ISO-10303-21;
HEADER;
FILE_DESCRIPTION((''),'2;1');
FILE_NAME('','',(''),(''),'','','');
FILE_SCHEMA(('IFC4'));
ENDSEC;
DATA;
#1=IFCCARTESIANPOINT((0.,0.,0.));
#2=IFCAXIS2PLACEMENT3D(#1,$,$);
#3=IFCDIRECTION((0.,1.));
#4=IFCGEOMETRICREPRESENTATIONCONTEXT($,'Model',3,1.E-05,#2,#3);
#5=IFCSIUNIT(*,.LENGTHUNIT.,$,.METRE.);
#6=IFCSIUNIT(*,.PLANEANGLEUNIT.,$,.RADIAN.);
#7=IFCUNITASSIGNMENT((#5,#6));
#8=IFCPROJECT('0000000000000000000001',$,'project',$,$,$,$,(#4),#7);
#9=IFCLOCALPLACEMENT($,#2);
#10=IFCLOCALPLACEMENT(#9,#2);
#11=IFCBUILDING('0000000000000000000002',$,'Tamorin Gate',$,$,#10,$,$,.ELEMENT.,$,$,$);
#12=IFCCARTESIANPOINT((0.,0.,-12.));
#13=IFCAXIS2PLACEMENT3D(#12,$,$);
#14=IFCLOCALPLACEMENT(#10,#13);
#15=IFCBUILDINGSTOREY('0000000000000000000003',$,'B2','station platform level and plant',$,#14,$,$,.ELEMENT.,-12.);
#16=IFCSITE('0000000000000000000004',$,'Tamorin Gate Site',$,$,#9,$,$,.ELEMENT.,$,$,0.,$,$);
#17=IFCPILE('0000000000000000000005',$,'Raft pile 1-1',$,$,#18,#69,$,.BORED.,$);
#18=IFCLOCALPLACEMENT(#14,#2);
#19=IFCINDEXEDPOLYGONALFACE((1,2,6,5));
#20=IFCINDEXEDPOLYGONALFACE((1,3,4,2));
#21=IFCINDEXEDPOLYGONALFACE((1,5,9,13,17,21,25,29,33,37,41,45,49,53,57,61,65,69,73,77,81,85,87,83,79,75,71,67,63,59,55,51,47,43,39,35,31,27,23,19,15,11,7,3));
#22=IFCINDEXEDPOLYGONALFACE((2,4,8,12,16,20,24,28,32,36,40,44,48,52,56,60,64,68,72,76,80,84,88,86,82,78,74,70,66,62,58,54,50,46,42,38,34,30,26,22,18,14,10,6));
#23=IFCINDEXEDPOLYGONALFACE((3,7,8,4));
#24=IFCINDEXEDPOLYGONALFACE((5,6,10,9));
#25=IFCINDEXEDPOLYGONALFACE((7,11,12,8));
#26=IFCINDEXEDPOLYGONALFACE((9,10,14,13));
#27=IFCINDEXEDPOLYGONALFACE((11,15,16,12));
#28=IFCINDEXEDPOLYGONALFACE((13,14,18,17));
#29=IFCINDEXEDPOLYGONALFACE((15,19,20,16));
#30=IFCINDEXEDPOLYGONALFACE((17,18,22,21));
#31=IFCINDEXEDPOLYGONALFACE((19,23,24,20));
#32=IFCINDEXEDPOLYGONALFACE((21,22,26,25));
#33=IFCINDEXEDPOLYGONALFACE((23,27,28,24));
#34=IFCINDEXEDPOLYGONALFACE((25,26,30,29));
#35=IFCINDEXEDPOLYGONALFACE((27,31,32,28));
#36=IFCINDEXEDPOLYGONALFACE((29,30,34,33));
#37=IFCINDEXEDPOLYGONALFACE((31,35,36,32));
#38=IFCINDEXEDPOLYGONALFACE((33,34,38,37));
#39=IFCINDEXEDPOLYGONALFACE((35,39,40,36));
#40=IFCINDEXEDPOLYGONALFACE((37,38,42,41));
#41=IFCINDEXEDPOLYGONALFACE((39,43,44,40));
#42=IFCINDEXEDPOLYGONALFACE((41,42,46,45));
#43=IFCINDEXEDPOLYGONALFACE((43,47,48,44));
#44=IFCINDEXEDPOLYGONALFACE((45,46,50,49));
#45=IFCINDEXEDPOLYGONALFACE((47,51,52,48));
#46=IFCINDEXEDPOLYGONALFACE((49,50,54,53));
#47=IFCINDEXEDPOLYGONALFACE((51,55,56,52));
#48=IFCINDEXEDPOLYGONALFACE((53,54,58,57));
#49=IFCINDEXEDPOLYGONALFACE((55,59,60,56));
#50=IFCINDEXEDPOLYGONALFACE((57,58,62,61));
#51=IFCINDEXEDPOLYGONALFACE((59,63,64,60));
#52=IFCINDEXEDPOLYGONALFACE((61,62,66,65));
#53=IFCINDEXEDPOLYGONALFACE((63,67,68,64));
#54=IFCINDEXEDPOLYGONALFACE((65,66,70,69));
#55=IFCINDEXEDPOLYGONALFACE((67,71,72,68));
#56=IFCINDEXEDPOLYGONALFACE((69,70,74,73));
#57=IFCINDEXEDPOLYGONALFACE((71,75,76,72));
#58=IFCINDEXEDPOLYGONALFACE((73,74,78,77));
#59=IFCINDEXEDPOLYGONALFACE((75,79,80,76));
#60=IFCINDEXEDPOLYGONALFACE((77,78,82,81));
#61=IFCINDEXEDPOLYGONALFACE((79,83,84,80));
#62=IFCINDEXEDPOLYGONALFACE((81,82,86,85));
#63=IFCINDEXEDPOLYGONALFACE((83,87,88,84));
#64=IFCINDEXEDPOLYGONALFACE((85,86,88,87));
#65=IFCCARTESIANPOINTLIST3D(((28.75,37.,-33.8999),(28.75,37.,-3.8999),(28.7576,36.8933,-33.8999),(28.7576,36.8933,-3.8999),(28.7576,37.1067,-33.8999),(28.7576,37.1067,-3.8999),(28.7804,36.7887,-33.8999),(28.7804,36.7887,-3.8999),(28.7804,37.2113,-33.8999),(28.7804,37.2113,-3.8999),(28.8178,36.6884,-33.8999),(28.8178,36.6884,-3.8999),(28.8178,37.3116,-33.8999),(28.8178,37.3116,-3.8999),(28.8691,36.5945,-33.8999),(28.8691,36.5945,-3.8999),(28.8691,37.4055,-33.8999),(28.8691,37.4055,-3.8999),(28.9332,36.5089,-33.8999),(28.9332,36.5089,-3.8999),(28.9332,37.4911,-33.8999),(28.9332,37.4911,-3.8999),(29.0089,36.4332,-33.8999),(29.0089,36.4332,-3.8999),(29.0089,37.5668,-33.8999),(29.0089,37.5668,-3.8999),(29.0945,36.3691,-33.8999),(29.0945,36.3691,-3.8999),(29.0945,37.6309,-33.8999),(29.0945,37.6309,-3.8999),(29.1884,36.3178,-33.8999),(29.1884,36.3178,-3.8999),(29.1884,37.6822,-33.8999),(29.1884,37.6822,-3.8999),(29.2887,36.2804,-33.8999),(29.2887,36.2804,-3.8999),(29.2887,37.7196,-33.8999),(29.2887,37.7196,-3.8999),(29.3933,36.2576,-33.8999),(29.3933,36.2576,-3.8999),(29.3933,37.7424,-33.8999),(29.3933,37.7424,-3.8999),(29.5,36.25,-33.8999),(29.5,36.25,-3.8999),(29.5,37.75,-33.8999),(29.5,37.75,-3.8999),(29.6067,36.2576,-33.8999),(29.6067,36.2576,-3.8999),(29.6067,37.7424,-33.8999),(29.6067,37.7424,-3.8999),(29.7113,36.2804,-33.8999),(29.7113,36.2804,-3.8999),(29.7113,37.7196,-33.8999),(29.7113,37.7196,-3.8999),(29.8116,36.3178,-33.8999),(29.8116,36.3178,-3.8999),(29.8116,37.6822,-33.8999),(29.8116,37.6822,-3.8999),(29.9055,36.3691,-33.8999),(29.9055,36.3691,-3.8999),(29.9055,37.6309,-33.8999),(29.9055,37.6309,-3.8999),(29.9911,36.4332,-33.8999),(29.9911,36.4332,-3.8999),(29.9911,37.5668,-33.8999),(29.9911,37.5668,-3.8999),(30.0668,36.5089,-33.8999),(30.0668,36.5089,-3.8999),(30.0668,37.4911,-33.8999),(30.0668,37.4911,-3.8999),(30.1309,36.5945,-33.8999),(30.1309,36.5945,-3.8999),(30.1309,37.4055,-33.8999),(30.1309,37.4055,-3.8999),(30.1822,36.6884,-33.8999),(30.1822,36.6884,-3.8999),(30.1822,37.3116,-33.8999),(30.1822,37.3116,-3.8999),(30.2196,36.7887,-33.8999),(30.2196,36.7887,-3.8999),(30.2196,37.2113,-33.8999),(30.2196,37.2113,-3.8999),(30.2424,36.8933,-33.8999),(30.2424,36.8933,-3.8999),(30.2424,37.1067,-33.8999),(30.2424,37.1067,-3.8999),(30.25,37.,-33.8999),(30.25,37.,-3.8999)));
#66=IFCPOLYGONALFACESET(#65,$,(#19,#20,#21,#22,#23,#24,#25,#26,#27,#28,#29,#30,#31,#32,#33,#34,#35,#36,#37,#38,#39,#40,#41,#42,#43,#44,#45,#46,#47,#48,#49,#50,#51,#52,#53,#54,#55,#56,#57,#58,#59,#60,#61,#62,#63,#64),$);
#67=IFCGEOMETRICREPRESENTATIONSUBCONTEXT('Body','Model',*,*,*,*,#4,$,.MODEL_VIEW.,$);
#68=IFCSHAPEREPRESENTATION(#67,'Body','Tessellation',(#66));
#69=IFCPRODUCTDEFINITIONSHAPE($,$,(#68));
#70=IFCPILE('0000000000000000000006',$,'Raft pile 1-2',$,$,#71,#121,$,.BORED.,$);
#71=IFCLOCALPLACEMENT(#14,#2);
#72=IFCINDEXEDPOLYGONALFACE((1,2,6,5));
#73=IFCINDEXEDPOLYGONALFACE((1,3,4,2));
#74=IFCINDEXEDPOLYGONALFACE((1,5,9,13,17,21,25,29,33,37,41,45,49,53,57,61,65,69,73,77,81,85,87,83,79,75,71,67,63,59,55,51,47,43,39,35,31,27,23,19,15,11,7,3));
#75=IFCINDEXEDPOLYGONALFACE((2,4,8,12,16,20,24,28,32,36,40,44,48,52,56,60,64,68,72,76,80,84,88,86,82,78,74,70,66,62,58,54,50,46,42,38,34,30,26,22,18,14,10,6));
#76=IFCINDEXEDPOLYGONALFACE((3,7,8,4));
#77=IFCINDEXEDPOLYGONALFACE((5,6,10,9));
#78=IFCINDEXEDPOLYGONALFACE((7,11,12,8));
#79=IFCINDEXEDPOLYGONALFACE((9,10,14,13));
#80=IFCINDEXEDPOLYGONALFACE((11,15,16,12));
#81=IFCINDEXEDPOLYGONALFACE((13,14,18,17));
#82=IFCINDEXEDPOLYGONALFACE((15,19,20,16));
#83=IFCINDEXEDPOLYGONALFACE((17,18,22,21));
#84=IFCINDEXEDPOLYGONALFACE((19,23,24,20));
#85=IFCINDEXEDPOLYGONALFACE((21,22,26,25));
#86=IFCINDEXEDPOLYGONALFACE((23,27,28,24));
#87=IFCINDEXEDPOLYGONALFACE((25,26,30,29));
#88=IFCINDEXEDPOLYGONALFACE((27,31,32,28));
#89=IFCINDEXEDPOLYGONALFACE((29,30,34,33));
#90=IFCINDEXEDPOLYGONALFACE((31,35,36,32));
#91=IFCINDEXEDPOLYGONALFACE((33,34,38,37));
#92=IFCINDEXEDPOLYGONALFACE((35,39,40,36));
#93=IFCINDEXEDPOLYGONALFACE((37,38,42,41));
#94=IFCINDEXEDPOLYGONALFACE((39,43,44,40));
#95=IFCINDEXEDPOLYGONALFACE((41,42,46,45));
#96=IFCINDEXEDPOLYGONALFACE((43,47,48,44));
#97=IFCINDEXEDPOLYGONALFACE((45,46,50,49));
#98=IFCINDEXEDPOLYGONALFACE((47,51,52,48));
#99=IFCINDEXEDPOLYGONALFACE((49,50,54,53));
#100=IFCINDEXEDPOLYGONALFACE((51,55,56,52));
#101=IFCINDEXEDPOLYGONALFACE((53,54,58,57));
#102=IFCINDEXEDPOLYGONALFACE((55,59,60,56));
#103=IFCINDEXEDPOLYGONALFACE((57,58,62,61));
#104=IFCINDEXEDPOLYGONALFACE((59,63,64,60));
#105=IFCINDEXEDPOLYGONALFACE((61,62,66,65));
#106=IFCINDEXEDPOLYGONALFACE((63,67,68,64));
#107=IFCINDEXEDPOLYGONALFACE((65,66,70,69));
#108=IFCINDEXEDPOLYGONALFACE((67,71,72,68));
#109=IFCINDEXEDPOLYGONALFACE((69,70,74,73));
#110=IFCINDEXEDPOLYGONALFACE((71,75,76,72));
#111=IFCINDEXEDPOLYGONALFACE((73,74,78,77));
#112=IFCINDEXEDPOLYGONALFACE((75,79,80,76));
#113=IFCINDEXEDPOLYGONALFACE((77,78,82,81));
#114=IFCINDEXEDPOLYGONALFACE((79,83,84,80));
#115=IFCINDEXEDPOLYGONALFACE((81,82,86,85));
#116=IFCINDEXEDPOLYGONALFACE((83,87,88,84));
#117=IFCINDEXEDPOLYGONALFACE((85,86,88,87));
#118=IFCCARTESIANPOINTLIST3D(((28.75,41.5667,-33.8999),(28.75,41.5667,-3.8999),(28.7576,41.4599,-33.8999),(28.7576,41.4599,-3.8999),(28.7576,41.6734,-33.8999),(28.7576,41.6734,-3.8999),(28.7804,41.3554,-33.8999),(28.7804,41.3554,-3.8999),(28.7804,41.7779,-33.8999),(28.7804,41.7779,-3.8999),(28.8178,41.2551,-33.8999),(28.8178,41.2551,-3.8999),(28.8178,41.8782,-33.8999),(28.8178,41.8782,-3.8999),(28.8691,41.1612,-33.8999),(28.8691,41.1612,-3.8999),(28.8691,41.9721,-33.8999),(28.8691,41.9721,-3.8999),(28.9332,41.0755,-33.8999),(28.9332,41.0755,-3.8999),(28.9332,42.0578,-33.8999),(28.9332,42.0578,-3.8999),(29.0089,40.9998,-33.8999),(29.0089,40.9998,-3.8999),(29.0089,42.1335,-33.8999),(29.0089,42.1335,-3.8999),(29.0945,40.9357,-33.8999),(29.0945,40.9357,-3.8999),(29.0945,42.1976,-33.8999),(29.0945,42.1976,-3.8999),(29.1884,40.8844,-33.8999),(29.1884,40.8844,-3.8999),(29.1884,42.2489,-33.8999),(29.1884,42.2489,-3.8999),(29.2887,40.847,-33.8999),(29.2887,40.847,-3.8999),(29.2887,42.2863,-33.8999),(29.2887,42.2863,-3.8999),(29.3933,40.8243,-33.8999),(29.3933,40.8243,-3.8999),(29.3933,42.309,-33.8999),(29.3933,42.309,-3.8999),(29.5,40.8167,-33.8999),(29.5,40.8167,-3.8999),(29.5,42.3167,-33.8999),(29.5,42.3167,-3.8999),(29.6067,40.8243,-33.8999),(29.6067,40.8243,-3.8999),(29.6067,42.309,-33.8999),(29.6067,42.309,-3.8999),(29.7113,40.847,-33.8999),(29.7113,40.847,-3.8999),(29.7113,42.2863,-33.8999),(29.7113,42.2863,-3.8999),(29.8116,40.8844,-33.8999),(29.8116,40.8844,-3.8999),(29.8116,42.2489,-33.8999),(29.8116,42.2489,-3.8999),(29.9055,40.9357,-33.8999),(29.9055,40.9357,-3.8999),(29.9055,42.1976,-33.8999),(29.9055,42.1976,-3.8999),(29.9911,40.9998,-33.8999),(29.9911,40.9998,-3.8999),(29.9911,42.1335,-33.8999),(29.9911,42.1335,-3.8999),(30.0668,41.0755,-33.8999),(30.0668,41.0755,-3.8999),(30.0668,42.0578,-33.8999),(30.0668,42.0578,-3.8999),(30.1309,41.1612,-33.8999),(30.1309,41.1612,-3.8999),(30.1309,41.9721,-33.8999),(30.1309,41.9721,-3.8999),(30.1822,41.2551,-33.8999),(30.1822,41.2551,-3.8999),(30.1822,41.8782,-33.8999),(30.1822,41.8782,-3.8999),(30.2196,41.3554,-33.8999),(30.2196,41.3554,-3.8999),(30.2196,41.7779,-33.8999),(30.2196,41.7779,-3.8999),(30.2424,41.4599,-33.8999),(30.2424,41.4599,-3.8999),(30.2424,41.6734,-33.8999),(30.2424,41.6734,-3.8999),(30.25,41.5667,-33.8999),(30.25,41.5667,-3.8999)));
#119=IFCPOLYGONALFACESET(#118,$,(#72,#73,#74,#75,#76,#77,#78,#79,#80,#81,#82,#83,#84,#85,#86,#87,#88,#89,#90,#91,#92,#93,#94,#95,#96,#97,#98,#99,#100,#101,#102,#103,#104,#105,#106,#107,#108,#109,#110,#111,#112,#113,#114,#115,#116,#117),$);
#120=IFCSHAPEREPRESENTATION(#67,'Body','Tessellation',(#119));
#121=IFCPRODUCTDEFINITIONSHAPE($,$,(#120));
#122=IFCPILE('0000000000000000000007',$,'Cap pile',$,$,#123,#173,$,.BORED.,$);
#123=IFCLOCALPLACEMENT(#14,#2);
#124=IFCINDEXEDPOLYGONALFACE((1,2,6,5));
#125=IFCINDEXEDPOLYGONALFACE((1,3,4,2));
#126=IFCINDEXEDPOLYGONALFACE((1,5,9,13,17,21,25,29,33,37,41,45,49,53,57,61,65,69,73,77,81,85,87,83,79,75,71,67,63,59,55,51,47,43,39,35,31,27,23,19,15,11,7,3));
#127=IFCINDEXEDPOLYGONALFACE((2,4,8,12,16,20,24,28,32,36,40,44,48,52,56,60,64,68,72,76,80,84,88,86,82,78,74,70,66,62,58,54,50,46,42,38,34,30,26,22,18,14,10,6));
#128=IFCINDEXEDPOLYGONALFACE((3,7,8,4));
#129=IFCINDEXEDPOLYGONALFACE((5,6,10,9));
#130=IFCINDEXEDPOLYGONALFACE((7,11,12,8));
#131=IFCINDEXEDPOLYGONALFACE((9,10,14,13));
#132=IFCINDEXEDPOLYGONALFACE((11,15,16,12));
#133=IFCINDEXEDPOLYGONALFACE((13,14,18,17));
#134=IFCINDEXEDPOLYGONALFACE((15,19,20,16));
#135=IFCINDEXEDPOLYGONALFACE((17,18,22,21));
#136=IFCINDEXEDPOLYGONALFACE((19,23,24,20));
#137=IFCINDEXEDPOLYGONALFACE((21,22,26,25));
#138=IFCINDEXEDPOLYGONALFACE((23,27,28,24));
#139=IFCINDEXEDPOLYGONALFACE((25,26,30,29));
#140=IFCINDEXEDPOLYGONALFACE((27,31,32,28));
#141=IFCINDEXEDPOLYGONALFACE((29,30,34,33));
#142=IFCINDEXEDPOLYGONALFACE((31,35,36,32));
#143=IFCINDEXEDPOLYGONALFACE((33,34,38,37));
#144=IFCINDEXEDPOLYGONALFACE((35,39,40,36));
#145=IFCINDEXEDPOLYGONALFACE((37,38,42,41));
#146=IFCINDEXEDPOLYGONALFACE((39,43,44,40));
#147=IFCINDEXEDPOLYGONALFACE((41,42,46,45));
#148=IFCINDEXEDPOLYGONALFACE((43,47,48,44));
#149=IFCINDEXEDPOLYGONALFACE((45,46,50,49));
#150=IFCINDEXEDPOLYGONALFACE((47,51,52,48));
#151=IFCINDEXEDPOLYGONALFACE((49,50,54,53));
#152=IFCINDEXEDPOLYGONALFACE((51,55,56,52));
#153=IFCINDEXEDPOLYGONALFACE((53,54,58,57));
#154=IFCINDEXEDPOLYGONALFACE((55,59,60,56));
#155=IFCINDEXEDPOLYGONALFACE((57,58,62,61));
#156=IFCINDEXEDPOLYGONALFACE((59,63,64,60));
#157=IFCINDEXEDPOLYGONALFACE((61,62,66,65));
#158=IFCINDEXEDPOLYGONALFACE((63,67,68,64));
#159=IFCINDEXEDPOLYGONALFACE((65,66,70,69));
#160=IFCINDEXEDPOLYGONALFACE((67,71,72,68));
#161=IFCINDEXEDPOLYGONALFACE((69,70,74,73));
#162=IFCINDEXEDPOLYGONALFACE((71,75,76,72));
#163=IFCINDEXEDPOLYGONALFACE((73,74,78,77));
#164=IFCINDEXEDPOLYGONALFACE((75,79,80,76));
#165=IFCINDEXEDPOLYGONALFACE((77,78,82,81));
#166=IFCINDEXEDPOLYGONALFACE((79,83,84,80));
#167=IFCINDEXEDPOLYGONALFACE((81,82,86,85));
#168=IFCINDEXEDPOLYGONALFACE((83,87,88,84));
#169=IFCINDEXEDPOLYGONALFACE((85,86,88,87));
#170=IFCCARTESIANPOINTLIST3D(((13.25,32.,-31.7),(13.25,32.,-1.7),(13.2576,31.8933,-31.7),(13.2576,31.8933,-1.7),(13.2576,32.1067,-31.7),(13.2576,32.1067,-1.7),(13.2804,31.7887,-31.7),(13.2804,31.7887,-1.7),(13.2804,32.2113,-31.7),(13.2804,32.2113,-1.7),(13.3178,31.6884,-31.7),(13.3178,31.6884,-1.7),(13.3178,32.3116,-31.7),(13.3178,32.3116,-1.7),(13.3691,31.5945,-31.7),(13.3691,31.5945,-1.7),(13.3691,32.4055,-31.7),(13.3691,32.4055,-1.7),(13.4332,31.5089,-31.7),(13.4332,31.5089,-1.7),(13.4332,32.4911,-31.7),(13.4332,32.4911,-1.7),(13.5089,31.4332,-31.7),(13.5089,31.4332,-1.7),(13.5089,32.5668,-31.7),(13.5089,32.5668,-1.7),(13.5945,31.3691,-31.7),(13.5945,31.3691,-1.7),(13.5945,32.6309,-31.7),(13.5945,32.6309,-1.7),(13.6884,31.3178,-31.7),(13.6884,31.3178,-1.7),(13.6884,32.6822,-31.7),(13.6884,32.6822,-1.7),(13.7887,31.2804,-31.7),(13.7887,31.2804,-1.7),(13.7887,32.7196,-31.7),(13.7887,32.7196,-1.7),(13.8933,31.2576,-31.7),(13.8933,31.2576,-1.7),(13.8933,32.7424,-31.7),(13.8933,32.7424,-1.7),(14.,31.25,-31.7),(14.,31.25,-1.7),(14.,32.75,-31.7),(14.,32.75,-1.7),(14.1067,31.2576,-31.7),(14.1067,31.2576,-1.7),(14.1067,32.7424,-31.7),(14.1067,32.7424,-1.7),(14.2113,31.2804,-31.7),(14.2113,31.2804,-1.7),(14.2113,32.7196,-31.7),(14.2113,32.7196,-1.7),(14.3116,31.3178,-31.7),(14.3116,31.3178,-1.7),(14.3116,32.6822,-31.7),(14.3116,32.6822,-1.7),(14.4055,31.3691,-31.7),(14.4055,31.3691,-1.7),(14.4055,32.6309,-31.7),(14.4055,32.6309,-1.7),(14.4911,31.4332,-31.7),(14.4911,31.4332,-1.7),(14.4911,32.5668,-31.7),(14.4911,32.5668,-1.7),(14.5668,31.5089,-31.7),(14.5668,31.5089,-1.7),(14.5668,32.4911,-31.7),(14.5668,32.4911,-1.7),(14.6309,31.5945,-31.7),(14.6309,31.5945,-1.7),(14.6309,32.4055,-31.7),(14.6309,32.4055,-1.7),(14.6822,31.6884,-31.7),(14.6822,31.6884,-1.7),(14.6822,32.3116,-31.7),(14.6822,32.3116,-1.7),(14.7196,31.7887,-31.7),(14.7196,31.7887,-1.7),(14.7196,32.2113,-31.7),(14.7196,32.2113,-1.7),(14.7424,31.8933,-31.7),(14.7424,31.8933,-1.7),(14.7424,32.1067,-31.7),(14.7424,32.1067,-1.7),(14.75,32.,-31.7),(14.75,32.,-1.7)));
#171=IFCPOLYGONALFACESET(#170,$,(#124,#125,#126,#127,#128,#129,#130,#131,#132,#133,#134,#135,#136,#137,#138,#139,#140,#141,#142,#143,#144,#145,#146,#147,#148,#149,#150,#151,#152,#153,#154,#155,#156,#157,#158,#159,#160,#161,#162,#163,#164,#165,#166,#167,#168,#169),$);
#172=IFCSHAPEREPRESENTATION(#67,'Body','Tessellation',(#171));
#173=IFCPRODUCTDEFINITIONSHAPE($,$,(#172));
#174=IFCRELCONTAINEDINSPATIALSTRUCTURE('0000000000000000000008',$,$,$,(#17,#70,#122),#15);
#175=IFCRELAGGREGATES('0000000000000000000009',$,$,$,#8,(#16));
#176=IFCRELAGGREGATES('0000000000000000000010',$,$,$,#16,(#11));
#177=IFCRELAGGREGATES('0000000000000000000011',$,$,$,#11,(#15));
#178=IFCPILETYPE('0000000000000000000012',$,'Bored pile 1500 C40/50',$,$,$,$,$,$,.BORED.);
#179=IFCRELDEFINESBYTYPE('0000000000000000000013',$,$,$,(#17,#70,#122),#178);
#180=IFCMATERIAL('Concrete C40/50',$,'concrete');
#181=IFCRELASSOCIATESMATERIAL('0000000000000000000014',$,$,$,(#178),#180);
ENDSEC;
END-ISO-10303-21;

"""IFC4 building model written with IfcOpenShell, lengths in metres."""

from ifc_helpers import new_model, si_unit, direction, frame, origin, origin_2d, place, context, subcontext, project, spatial, circle, extrude, material, material_profile, profile_set, type_object, element, save


model = new_model("IFC4")

# Units and contexts
model_context = context("Model", 3, precision=1e-05, world=origin(), true_north=direction((0.0, 1.0)))
body_context = subcontext(model_context, "Body", "Model", "MODEL_VIEW")
ifc_project = project(units=[si_unit("LENGTHUNIT", "METRE"), si_unit("PLANEANGLEUNIT", "RADIAN")], contexts=[model_context])

# Site, building, storey
site_placement = place(None, origin())
site = spatial("IfcSite", under=ifc_project, at=site_placement, Name="Tamorin Gate Site", CompositionType="ELEMENT", RefElevation=0.0)
building_placement = place(site_placement, origin())
building = spatial("IfcBuilding", under=site, at=building_placement, Name="Tamorin Gate", CompositionType="ELEMENT")
storey_placement = place(building_placement, frame((0.0, 0.0, -12.0)))
storey = spatial("IfcBuildingStorey", under=building, at=storey_placement, Name="B2", Description="station platform level and plant", CompositionType="ELEMENT", Elevation=-12.0)

# Piles
ifc_material_1 = material(Name="Concrete C40/50", Category="concrete")
ifc_material_profile_1 = material_profile(ifc_material_1, circle(Radius=0.75, at=origin_2d()))
ifc_profile_set_1 = profile_set([ifc_material_profile_1], Name="Concrete C40/50")
pile_type = type_object("IfcPileType", Name="Bored pile 1500 C40/50", PredefinedType="BORED", material=ifc_profile_set_1)
for number, where, z_axis, x_axis, name in (
    (1, (29.5, 37.0, -3.8999), (0.0, 0.0, -1.0), (1.0, 0.0, 0.0), "Raft pile 1-1"),
    (2, (29.5, 41.5667, -3.8999), (0.0, 0.0, -1.0), (1.0, 0.0, 0.0), "Raft pile 1-2"),
    (3, (14.0, 32.0, -1.7), (0.0, 0.0, -1.0), (1.0, 0.0, 0.0), "Cap pile"),
):
    element("IfcPile", number, at=place(storey_placement, frame(where, z_axis=z_axis, x_axis=x_axis)), inside=storey, type_object=pile_type, Name=name, PredefinedType="BORED", context=body_context, shape_type="SweptSolid", body=[
        extrude(circle(Radius=0.75, at=origin_2d()), origin(), (0.0, 0.0, 1.0), 30.0),
    ])

save(model, "model.ifc")
